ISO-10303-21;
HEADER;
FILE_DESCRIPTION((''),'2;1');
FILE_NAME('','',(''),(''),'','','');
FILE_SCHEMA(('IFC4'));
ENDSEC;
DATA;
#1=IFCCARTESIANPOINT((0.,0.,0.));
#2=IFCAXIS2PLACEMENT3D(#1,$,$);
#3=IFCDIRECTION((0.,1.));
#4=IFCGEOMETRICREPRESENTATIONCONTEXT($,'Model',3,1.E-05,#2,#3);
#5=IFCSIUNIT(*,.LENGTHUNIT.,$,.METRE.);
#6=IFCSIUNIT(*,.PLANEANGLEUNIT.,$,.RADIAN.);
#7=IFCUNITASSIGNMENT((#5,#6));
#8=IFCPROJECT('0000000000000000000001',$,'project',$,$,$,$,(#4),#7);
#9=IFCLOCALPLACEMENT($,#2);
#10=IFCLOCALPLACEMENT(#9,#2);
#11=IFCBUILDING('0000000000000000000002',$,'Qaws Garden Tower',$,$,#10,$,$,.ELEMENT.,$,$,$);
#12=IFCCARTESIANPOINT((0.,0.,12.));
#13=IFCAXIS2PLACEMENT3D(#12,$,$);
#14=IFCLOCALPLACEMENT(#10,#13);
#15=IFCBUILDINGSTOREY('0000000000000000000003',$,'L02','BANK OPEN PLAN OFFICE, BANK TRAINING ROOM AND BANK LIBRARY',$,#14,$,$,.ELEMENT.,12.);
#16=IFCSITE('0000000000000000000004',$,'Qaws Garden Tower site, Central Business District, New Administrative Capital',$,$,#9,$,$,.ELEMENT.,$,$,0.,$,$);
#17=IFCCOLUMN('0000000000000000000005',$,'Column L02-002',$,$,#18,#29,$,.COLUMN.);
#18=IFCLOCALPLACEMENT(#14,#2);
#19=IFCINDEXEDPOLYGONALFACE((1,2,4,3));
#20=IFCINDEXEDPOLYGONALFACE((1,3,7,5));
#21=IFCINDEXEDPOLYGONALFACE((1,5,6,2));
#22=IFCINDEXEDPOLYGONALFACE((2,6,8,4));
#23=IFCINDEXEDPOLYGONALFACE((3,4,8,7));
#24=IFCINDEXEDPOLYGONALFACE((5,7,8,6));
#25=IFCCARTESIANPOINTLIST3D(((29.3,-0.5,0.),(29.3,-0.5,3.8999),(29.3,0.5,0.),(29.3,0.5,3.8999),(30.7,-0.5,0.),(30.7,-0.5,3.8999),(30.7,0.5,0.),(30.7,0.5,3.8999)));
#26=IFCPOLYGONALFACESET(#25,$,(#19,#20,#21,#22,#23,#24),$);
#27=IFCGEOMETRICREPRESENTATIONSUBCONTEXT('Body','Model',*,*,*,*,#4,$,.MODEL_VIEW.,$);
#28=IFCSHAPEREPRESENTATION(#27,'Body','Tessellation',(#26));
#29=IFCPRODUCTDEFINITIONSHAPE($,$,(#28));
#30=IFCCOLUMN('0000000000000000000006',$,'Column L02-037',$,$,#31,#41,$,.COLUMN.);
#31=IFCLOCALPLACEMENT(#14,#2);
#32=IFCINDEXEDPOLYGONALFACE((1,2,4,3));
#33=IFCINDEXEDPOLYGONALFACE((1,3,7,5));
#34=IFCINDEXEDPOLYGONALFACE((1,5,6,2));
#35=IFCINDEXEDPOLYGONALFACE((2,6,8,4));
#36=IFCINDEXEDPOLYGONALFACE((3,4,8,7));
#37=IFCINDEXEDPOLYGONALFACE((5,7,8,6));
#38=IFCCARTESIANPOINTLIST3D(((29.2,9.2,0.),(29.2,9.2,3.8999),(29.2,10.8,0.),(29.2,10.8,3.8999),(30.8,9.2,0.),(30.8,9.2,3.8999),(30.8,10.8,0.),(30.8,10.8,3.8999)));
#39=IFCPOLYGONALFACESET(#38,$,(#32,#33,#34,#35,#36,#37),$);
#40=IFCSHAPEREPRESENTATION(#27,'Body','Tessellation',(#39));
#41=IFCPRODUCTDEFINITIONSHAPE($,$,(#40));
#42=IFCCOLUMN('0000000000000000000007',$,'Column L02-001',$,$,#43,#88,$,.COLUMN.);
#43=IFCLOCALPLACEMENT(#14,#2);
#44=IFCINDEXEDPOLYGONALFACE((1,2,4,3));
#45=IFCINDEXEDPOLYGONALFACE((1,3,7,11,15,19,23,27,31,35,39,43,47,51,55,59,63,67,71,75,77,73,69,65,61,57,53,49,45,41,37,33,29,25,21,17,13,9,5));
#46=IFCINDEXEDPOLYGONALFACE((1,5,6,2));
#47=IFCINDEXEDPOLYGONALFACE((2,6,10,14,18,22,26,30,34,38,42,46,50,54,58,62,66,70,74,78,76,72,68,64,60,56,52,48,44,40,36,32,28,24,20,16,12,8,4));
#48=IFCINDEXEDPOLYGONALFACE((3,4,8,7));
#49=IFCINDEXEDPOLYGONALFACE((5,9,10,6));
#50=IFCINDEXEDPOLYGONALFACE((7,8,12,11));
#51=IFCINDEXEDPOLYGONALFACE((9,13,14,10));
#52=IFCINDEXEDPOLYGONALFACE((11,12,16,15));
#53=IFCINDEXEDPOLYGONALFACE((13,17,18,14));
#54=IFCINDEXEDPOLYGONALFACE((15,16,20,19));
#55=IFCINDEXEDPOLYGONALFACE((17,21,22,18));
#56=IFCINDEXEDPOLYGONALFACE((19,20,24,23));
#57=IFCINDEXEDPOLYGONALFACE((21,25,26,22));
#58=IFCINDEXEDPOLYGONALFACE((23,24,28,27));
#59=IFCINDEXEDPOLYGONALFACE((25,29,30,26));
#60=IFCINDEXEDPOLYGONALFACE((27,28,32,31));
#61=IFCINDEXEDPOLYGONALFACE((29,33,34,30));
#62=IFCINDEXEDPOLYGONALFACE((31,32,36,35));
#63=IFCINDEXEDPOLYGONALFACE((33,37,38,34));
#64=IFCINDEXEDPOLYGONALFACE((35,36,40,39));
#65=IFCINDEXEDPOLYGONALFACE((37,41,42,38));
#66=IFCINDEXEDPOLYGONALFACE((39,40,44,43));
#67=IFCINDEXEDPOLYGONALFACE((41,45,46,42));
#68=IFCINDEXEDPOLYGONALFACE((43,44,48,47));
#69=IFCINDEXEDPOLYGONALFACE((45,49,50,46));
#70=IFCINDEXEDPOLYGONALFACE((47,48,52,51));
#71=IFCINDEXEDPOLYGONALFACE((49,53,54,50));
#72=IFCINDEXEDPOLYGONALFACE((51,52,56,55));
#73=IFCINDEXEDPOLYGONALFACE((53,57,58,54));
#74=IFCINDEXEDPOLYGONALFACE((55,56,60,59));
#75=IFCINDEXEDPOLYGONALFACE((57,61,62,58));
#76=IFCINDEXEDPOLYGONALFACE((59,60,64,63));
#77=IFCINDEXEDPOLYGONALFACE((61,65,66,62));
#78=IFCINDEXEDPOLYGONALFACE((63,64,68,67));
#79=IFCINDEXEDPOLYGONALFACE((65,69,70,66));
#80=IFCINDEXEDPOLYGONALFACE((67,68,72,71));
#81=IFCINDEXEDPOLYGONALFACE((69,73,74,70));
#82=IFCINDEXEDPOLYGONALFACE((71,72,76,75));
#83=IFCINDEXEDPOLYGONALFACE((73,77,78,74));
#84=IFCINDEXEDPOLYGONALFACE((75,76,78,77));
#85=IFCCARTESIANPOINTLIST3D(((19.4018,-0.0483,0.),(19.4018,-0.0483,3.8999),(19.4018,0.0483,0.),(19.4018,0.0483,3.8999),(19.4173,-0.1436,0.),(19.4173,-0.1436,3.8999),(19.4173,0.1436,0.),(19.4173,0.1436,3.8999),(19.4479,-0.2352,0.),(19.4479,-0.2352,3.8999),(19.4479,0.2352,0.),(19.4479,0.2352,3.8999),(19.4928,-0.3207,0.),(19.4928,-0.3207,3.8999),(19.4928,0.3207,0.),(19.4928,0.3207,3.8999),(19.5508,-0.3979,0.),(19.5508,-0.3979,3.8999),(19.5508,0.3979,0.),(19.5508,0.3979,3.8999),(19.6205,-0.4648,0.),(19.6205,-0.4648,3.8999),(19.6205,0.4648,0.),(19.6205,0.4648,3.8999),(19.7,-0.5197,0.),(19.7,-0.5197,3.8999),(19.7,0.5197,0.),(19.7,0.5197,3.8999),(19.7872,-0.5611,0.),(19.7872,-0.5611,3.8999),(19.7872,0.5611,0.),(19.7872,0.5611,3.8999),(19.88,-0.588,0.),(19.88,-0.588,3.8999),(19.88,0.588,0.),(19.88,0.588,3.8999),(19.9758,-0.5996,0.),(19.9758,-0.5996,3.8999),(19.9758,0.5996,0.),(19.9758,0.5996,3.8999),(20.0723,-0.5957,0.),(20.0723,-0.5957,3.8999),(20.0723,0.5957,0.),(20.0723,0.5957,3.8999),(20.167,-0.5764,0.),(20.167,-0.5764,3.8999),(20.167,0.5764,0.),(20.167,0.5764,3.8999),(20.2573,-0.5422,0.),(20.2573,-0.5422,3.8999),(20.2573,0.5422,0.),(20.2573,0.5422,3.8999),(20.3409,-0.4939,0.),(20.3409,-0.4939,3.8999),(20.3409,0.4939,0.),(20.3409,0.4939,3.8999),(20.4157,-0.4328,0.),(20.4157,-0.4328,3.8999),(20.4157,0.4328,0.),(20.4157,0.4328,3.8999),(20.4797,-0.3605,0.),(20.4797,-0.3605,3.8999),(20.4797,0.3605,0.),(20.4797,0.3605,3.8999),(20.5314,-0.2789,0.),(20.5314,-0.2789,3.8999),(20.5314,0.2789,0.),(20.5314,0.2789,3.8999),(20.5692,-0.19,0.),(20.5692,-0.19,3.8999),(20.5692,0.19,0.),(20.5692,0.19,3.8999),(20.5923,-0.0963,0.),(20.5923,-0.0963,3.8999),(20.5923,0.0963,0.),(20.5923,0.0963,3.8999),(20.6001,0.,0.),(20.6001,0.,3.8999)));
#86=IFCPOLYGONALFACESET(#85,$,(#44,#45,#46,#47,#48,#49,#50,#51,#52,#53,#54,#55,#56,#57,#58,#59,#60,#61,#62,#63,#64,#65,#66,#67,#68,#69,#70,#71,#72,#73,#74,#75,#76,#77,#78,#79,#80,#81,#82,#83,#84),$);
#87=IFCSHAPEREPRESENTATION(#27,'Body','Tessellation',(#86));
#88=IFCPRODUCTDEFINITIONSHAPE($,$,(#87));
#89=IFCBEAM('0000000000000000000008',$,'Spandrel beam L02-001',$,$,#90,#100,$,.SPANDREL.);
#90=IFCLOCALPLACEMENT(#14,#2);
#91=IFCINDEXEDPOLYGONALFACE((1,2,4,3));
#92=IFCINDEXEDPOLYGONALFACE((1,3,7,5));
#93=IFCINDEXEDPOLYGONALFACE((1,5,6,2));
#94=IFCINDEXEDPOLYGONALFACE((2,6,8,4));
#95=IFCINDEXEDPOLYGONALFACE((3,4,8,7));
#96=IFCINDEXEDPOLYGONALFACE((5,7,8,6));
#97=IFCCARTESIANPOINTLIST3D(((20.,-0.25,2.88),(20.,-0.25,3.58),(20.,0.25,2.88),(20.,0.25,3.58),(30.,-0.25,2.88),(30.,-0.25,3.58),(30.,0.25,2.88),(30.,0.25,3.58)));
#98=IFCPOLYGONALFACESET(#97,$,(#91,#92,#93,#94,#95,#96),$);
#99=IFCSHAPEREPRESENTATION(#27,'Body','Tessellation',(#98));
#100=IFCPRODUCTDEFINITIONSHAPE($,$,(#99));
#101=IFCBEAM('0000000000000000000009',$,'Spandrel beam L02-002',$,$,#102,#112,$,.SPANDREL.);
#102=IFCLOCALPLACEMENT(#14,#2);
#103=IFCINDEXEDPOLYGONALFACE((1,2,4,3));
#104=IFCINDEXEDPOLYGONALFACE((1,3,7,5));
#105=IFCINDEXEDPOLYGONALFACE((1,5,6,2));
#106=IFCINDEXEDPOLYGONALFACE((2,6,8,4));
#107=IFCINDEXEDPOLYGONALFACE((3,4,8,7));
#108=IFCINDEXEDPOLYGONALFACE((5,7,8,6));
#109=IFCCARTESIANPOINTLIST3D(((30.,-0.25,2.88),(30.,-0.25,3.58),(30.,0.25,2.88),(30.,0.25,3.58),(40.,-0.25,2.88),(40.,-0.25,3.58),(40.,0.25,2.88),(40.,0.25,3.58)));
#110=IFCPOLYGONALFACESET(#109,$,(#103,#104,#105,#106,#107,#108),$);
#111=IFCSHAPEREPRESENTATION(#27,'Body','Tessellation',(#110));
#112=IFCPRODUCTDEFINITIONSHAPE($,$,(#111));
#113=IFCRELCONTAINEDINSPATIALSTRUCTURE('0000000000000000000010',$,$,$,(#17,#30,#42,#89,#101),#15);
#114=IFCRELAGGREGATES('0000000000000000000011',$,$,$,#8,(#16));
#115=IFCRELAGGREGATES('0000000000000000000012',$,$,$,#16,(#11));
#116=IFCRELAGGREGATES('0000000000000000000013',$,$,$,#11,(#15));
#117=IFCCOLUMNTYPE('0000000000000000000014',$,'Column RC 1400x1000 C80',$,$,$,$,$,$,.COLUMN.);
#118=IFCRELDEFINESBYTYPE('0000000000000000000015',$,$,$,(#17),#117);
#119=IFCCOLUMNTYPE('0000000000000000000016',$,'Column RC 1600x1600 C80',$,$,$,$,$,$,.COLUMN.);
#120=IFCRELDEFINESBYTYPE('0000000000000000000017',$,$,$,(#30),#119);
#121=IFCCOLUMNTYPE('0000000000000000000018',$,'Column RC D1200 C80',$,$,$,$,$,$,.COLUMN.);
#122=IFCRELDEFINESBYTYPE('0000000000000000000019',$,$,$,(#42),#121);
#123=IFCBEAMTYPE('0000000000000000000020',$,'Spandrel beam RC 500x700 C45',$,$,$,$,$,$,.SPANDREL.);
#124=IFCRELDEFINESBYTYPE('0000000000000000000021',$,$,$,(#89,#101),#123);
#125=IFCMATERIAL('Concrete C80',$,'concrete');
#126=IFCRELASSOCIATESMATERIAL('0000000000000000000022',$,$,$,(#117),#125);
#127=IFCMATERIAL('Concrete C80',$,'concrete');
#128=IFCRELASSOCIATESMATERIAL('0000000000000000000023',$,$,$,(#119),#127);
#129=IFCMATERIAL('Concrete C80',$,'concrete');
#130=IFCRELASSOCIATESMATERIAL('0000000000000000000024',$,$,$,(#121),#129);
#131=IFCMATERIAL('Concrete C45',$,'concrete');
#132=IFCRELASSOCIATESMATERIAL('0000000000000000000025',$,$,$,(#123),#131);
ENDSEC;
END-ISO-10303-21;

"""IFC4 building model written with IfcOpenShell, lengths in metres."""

from ifc_helpers import new_model, si_unit, direction, frame, origin, origin_2d, place, context, subcontext, project, spatial, rectangle, circle, extrude, material, material_profile, profile_set, type_object, element, save


model = new_model("IFC4")

# Units and contexts
model_context = context("Model", 3, precision=1e-05, world=origin(), true_north=direction((0.0, 1.0)))
body_context = subcontext(model_context, "Body", "Model", "MODEL_VIEW")
ifc_project = project(units=[si_unit("LENGTHUNIT", "METRE"), si_unit("PLANEANGLEUNIT", "RADIAN")], contexts=[model_context])

# Site, building, storey
site_placement = place(None, origin())
site = spatial("IfcSite", under=ifc_project, at=site_placement, Name="Qaws Garden Tower site, Central Business District, New Administrative Capital", CompositionType="ELEMENT", RefElevation=0.0)
building_placement = place(site_placement, origin())
building = spatial("IfcBuilding", under=site, at=building_placement, Name="Qaws Garden Tower", CompositionType="ELEMENT")
storey_placement = place(building_placement, frame((0.0, 0.0, 12.0)))
storey = spatial("IfcBuildingStorey", under=building, at=storey_placement, Name="L02", Description="BANK OPEN PLAN OFFICE, BANK TRAINING ROOM AND BANK LIBRARY", CompositionType="ELEMENT", Elevation=12.0)

# Columns
ifc_material_1 = material(Name="Concrete C80", Category="concrete")
ifc_material_profile_1 = material_profile(ifc_material_1, rectangle(XDim=1.3999, YDim=1.0, at=origin_2d()), Name="RC 1400x1000")
ifc_profile_set_1 = profile_set([ifc_material_profile_1], Name="Concrete C80")
column_type_1 = type_object("IfcColumnType", Name="Column RC 1400x1000 C80", PredefinedType="COLUMN", material=ifc_profile_set_1)
column_1_placement = place(storey_placement, frame((30.0, 0.0, 0.0), z_axis=(0.0, 0.0, 1.0), x_axis=(1.0, 0.0, 0.0)))
element("IfcColumn", 1, at=column_1_placement, inside=storey, type_object=column_type_1, Name="Column L02-002", PredefinedType="COLUMN", context=body_context, shape_type="SweptSolid", body=[
    extrude(rectangle(XDim=1.3999, YDim=1.0, at=origin_2d()), origin(), (0.0, 0.0, 1.0), 3.8999),
])
ifc_material_2 = material(Name="Concrete C80", Category="concrete")
ifc_material_profile_2 = material_profile(ifc_material_2, rectangle(XDim=1.6001, YDim=1.6001, at=origin_2d()), Name="RC 1600x1600")
ifc_profile_set_2 = profile_set([ifc_material_profile_2], Name="Concrete C80")
column_type_2 = type_object("IfcColumnType", Name="Column RC 1600x1600 C80", PredefinedType="COLUMN", material=ifc_profile_set_2)
column_2_placement = place(storey_placement, frame((30.0, 10.0, 0.0), z_axis=(0.0, 0.0, 1.0), x_axis=(1.0, 0.0, 0.0)))
element("IfcColumn", 2, at=column_2_placement, inside=storey, type_object=column_type_2, Name="Column L02-037", PredefinedType="COLUMN", context=body_context, shape_type="SweptSolid", body=[
    extrude(rectangle(XDim=1.6001, YDim=1.6001, at=origin_2d()), origin(), (0.0, 0.0, 1.0), 3.8999),
])
ifc_material_3 = material(Name="Concrete C80", Category="concrete")
ifc_material_profile_3 = material_profile(ifc_material_3, circle(Radius=0.6001, at=origin_2d()), Name="RC D1200")
ifc_profile_set_3 = profile_set([ifc_material_profile_3], Name="Concrete C80")
column_type_3 = type_object("IfcColumnType", Name="Column RC D1200 C80", PredefinedType="COLUMN", material=ifc_profile_set_3)
column_3_placement = place(storey_placement, frame((20.0, 0.0, 0.0), z_axis=(0.0, 0.0, 1.0), x_axis=(1.0, 0.0, 0.0)))
element("IfcColumn", 3, at=column_3_placement, inside=storey, type_object=column_type_3, Name="Column L02-001", PredefinedType="COLUMN", context=body_context, shape_type="SweptSolid", body=[
    extrude(circle(Radius=0.6001, at=origin_2d()), origin(), (0.0, 0.0, 1.0), 3.8999),
])

# Beams
ifc_material_4 = material(Name="Concrete C45", Category="concrete")
ifc_material_profile_4 = material_profile(ifc_material_4, rectangle(XDim=0.5, YDim=0.7, at=origin_2d()), Name="RC 500x700")
ifc_profile_set_4 = profile_set([ifc_material_profile_4], Name="Concrete C45")
beam_type = type_object("IfcBeamType", Name="Spandrel beam RC 500x700 C45", PredefinedType="SPANDREL", material=ifc_profile_set_4)
for number, where, z_axis, x_axis, name in (
    (4, (20.0, 0.0, 3.23), (1.0, 0.0, 0.0), (0.0, 1.0, 0.0), "Spandrel beam L02-001"),
    (5, (30.0, 0.0, 3.23), (1.0, 0.0, 0.0), (0.0, 1.0, 0.0), "Spandrel beam L02-002"),
):
    element("IfcBeam", number, at=place(storey_placement, frame(where, z_axis=z_axis, x_axis=x_axis)), inside=storey, type_object=beam_type, Name=name, PredefinedType="SPANDREL", context=body_context, shape_type="SweptSolid", body=[
        extrude(rectangle(XDim=0.5, YDim=0.7, at=origin_2d()), origin(), (0.0, 0.0, 1.0), 10.0),
    ])

save(model, "model.ifc")
